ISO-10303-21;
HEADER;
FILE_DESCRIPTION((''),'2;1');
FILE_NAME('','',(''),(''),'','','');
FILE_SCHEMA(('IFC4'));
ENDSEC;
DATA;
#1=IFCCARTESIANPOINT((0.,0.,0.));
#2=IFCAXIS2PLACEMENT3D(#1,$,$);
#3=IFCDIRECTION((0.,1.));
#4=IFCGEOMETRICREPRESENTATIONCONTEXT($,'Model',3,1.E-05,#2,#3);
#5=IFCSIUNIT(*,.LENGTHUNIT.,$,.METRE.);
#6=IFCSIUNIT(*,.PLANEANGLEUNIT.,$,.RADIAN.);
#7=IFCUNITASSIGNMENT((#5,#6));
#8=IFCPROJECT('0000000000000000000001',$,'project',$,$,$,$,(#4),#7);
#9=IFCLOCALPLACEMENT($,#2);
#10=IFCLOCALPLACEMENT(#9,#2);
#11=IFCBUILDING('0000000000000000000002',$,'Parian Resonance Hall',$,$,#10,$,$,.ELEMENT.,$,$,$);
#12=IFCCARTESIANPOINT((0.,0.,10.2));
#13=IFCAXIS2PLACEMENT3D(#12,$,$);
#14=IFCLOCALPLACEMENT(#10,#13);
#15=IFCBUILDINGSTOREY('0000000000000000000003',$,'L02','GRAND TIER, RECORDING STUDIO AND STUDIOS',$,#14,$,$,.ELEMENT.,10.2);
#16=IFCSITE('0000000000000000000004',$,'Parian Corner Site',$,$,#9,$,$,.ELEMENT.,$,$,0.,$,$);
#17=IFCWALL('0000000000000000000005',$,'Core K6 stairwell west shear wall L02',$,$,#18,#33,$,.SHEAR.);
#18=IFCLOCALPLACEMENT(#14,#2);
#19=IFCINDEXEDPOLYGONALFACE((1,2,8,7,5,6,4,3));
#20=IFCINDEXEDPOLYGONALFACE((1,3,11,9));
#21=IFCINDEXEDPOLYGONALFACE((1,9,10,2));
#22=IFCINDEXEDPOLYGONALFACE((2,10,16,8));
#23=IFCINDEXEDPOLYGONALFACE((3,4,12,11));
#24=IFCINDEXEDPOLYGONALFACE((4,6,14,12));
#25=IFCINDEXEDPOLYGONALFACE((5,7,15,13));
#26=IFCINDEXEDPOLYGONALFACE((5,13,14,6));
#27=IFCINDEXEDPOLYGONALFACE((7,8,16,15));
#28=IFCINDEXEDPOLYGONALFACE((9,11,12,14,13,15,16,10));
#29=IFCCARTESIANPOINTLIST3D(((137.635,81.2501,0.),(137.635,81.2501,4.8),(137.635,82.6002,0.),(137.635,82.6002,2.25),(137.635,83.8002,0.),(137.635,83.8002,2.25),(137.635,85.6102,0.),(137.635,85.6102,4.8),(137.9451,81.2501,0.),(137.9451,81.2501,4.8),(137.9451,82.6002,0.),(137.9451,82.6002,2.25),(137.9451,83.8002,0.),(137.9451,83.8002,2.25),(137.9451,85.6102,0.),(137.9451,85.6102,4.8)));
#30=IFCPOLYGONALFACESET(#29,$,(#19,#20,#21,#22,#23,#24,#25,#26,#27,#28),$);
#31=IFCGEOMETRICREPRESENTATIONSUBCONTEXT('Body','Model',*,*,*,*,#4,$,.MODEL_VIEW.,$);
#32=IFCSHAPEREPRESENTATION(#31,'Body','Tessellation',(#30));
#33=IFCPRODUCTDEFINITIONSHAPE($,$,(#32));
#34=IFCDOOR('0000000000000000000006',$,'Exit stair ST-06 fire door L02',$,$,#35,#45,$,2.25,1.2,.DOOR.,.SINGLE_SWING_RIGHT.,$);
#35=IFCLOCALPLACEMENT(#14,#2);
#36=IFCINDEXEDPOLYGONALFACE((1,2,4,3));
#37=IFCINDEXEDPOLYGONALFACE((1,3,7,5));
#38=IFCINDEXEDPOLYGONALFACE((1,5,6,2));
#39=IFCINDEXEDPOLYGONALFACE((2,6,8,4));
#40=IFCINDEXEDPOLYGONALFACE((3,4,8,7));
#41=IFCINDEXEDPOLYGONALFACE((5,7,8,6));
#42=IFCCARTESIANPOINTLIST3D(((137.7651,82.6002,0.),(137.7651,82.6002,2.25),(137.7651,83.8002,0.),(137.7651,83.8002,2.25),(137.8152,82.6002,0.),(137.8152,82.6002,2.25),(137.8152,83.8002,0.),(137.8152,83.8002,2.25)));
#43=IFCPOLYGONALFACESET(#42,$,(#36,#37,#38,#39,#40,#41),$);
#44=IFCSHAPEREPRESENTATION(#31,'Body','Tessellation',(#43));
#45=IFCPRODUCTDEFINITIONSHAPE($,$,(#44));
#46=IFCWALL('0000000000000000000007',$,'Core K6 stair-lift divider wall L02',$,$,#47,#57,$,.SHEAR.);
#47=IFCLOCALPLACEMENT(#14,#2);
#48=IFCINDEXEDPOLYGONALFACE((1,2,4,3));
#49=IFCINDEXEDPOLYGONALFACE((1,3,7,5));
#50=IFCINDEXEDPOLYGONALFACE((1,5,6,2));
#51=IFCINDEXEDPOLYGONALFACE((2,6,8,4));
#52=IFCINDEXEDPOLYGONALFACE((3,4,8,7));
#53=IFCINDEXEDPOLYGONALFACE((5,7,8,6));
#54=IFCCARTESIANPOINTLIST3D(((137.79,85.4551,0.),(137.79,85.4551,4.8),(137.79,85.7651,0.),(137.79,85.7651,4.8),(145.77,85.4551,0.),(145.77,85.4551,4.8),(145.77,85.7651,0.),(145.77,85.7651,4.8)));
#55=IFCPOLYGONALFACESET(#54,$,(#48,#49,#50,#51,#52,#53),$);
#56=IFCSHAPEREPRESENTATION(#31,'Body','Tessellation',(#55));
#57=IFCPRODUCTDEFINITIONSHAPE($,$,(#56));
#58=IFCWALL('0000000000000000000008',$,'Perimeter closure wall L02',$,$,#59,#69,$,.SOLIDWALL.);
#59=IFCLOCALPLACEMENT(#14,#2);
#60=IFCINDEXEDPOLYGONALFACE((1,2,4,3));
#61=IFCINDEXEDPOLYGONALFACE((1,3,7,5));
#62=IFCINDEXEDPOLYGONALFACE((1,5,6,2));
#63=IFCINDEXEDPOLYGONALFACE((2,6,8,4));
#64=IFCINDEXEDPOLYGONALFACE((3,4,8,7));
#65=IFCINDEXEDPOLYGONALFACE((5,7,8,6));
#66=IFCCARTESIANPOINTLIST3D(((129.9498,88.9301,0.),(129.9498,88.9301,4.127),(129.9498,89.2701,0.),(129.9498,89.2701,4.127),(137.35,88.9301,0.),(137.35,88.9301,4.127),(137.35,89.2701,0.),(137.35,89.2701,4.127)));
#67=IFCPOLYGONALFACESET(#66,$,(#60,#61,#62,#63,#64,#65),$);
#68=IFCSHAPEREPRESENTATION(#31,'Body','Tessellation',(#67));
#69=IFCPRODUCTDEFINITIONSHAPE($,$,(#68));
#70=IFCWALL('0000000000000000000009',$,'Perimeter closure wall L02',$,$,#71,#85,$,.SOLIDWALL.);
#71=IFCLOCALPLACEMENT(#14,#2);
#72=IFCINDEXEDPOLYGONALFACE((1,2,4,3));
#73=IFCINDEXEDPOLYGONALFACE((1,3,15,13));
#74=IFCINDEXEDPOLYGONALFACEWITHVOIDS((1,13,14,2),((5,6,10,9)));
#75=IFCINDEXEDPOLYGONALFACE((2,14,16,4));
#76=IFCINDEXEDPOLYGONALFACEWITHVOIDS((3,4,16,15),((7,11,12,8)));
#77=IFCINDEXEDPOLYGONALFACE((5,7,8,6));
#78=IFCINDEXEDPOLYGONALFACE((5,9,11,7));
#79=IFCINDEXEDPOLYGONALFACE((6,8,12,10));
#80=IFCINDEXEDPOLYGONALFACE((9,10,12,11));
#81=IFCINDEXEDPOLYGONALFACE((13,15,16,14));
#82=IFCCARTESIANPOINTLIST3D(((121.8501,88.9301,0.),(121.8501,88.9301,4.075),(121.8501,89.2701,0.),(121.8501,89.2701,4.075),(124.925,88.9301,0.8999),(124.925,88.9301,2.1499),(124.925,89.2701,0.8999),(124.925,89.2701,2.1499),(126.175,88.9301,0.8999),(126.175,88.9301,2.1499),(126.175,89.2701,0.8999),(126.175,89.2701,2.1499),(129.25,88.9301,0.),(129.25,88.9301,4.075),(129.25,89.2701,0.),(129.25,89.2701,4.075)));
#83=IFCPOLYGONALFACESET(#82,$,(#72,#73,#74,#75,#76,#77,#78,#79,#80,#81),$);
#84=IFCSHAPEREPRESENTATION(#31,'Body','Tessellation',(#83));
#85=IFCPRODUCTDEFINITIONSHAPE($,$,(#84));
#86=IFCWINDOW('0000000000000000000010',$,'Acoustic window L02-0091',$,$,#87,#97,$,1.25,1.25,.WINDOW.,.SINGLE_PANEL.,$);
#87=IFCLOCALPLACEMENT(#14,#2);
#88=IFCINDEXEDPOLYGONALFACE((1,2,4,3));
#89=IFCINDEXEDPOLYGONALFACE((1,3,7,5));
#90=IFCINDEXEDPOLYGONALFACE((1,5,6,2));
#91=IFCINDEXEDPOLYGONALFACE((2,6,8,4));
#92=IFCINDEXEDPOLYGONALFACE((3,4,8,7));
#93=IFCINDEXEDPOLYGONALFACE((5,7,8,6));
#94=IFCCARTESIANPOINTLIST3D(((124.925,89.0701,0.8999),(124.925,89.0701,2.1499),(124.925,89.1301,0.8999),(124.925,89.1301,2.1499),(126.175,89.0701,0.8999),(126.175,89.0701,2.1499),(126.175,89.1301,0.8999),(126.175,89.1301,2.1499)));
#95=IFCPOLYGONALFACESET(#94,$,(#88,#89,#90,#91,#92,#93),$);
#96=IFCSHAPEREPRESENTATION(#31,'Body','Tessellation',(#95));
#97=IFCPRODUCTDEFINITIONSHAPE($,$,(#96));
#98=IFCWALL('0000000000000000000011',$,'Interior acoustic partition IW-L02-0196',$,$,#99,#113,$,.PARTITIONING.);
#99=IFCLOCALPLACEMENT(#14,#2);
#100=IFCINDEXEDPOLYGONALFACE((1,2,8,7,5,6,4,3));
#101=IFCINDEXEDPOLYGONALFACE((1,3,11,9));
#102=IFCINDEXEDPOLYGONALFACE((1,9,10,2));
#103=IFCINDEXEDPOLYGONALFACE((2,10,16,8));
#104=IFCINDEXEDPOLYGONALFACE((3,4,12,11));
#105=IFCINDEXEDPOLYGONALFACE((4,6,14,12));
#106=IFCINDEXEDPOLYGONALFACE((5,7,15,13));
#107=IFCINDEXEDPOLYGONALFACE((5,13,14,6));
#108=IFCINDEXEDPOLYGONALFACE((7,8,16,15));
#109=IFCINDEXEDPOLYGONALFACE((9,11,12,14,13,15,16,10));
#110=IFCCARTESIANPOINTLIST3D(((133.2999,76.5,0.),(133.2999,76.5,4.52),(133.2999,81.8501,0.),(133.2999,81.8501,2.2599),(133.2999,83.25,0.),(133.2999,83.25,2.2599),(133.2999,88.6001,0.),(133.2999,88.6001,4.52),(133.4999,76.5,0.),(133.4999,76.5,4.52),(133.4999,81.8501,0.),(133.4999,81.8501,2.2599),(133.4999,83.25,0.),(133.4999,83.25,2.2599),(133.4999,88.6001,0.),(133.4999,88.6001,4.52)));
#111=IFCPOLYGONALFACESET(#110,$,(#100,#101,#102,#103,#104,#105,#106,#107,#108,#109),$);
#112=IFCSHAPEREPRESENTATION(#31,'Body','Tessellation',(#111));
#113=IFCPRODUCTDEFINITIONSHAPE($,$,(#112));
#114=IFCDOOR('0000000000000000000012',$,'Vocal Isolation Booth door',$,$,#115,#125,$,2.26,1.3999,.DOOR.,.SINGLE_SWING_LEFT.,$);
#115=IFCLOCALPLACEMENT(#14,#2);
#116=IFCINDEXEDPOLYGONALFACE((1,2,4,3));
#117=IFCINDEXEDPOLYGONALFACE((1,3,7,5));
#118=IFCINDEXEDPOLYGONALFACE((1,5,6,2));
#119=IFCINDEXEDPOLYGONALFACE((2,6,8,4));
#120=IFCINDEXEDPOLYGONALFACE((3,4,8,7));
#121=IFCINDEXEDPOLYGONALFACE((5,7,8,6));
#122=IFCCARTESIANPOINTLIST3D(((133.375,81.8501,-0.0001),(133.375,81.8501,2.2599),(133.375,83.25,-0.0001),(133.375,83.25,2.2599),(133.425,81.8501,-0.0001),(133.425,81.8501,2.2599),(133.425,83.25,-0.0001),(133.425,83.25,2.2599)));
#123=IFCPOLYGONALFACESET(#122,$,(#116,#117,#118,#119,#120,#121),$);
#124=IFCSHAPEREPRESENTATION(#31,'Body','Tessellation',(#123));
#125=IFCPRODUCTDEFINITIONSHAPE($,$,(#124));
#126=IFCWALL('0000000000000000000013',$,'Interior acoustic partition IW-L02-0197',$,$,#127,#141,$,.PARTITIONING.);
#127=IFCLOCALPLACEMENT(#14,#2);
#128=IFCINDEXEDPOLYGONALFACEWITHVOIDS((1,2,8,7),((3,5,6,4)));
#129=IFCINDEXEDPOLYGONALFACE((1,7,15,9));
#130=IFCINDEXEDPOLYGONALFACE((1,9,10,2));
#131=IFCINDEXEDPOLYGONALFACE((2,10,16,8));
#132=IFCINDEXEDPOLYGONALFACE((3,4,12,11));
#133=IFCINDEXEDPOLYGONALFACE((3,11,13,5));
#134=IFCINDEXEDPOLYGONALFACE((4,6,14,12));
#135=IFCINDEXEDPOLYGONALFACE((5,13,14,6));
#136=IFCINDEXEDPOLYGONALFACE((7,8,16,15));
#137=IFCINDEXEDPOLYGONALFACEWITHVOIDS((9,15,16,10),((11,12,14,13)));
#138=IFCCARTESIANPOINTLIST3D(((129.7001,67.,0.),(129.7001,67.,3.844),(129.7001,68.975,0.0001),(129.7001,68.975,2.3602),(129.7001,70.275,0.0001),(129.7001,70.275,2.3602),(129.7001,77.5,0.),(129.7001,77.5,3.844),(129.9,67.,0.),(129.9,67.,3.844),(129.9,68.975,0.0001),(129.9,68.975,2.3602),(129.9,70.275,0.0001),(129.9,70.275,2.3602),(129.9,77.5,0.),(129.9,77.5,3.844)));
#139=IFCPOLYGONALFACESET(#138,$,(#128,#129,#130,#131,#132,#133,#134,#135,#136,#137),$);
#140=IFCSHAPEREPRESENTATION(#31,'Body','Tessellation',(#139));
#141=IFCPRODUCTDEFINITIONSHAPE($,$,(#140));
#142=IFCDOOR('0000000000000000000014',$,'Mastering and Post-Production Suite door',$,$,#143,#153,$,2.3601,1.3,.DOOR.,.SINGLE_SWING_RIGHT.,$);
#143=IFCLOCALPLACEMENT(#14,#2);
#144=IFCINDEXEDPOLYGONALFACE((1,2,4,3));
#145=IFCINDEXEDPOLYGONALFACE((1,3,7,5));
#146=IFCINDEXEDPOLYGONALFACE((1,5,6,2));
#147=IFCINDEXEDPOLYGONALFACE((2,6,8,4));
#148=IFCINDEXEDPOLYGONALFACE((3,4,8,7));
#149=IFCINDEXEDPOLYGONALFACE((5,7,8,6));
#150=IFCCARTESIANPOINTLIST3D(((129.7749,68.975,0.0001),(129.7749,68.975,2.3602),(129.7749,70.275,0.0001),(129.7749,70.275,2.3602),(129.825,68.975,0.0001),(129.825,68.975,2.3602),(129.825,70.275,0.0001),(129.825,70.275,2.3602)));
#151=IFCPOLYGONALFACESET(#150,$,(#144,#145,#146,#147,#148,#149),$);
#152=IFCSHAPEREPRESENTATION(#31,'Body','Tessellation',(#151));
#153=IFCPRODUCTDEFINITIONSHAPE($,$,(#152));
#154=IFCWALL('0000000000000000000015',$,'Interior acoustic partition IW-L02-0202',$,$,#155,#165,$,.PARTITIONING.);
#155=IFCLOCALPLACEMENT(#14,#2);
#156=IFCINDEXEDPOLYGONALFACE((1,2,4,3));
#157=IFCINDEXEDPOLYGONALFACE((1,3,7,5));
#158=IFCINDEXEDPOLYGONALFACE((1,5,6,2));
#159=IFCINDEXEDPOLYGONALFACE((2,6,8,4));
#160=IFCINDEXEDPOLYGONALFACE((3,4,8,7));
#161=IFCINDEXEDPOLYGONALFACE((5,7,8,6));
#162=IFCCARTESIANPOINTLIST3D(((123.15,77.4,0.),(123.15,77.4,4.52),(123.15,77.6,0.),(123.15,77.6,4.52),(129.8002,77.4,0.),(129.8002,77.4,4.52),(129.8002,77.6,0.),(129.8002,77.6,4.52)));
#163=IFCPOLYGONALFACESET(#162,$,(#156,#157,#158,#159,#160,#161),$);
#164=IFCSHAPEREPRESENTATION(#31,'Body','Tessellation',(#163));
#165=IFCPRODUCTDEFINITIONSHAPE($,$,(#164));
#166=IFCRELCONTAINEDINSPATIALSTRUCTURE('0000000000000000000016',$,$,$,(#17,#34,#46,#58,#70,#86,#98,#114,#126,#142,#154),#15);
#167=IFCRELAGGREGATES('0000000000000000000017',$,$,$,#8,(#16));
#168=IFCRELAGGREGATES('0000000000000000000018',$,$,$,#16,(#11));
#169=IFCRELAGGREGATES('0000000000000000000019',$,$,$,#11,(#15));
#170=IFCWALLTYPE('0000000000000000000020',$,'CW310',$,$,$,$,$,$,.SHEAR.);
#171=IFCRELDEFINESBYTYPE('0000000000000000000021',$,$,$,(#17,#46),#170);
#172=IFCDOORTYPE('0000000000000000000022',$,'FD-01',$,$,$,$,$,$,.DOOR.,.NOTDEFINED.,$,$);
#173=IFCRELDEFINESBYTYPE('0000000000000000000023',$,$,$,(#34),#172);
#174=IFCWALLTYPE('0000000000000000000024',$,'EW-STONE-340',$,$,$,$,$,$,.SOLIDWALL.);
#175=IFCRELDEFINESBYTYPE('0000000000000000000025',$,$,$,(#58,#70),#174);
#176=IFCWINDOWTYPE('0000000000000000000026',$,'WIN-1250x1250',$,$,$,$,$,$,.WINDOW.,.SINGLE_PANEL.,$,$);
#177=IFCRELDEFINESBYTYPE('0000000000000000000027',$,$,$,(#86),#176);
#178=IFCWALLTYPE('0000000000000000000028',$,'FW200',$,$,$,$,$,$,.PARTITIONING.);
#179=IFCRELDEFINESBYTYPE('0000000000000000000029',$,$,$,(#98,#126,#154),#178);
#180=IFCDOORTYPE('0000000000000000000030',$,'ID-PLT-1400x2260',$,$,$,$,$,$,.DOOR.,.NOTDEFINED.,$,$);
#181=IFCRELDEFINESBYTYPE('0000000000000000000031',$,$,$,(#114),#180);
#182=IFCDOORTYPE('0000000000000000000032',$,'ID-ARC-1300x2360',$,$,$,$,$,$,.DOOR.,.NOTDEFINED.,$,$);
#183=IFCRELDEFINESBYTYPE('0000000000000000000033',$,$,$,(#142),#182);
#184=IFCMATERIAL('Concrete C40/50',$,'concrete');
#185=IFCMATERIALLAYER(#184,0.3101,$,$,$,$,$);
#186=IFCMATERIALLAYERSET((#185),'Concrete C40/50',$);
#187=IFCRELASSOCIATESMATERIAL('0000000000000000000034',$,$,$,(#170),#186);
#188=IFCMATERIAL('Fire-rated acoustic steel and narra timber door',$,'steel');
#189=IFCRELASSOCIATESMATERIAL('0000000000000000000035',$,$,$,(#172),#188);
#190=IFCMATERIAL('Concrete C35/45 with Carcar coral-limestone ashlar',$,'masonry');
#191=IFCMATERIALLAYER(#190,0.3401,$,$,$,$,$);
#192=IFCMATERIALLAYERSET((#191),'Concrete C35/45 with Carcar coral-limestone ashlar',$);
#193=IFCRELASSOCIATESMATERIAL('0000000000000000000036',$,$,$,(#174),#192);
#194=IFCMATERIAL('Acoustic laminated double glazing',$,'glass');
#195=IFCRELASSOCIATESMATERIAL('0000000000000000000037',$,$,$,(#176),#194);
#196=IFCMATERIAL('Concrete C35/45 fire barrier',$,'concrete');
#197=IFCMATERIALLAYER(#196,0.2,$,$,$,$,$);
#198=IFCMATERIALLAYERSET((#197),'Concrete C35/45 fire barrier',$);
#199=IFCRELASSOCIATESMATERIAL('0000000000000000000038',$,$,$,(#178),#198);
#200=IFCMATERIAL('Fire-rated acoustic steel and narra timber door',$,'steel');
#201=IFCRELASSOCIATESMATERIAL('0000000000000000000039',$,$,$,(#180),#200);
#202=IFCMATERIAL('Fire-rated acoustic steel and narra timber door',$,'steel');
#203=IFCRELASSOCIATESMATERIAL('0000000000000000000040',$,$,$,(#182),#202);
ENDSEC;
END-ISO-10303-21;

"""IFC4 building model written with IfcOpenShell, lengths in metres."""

from ifc_helpers import new_model, si_unit, direction, frame, frame_2d, origin, place, context, subcontext, project, spatial, rectangle, extrude, material, layer, layer_set, type_object, element, fill, save


model = new_model("IFC4")

# Units and contexts
model_context = context("Model", 3, precision=1e-05, world=origin(), true_north=direction((0.0, 1.0)))
body_context = subcontext(model_context, "Body", "Model", "MODEL_VIEW")
ifc_project = project(units=[si_unit("LENGTHUNIT", "METRE"), si_unit("PLANEANGLEUNIT", "RADIAN")], contexts=[model_context])

# Site, building, storey
site_placement = place(None, origin())
site = spatial("IfcSite", under=ifc_project, at=site_placement, Name="Parian Corner Site", CompositionType="ELEMENT", RefElevation=0.0)
building_placement = place(site_placement, origin())
building = spatial("IfcBuilding", under=site, at=building_placement, Name="Parian Resonance Hall", CompositionType="ELEMENT")
storey_placement = place(building_placement, frame((0.0, 0.0, 10.2)))
storey = spatial("IfcBuildingStorey", under=building, at=storey_placement, Name="L02", Description="GRAND TIER, RECORDING STUDIO AND STUDIOS", CompositionType="ELEMENT", Elevation=10.2)

# Wall, opening, door
ifc_material_1 = material(Name="Concrete C40/50", Category="concrete")
ifc_layer_1 = layer(ifc_material_1, 0.3101)
ifc_layer_set_1 = layer_set([ifc_layer_1], Name="Concrete C40/50")
wall_type_1 = type_object("IfcWallType", Name="CW310", PredefinedType="SHEAR", material=ifc_layer_set_1)
wall_1_placement = place(storey_placement, frame((137.79, 81.25, 0.0), z_axis=(0.0, 0.0, 1.0), x_axis=(0.0, 1.0, 0.0)))
wall_1 = element("IfcWall", 1, at=wall_1_placement, inside=storey, type_object=wall_type_1, Name="Core K6 stairwell west shear wall L02", PredefinedType="SHEAR", context=body_context, shape_type="SweptSolid", body=[
    extrude(rectangle(XDim=4.3601, YDim=0.3101, at=frame_2d((2.1802, 0.0))), origin(), (0.0, 0.0, 1.0), 4.8),
])
opening_1_placement = place(wall_1_placement, frame((1.3501, 0.0, 0.0)))
opening_1 = element("IfcOpeningElement", 2, at=opening_1_placement, cuts=wall_1, PredefinedType="OPENING", context=body_context, shape_type="SweptSolid", body=[
    extrude(rectangle(XDim=1.2, YDim=2.25, at=frame_2d((0.6001, 1.125))), frame((0.0, 0.165, 0.0), z_axis=(0.0, -1.0, 0.0), x_axis=(1.0, 0.0, 0.0)), (0.0, 0.0, 1.0), 0.3301),
])
ifc_material_2 = material(Name="Fire-rated acoustic steel and narra timber door", Category="steel")
door_type_1 = type_object("IfcDoorType", Name="FD-01", OperationType="NOTDEFINED", PredefinedType="DOOR", material=ifc_material_2)
door_1_placement = place(opening_1_placement, origin())
door_1 = element("IfcDoor", 3, at=door_1_placement, inside=storey, type_object=door_type_1, Name="Exit stair ST-06 fire door L02", OperationType="SINGLE_SWING_RIGHT", OverallHeight=2.25, OverallWidth=1.2, PredefinedType="DOOR", context=body_context, shape_type="SweptSolid", body=[
    extrude(rectangle(XDim=1.2, YDim=2.25, at=frame_2d((0.6001, 1.125))), frame((0.0, 0.0249, 0.0), z_axis=(0.0, -1.0, 0.0), x_axis=(1.0, 0.0, 0.0)), (0.0, 0.0, 1.0), 0.05),
])
fill(opening_1, door_1)

# Walls
wall_2_placement = place(storey_placement, frame((137.79, 85.6101, 0.0), z_axis=(0.0, 0.0, 1.0), x_axis=(1.0, 0.0, 0.0)))
element("IfcWall", 4, at=wall_2_placement, inside=storey, type_object=wall_type_1, Name="Core K6 stair-lift divider wall L02", PredefinedType="SHEAR", context=body_context, shape_type="SweptSolid", body=[
    extrude(rectangle(XDim=7.98, YDim=0.3101, at=frame_2d((3.99, 0.0))), origin(), (0.0, 0.0, 1.0), 4.8),
])
ifc_material_3 = material(Name="Concrete C35/45 with Carcar coral-limestone ashlar", Category="masonry")
ifc_layer_2 = layer(ifc_material_3, 0.3401)
ifc_layer_set_2 = layer_set([ifc_layer_2], Name="Concrete C35/45 with Carcar coral-limestone ashlar")
wall_type_2 = type_object("IfcWallType", Name="EW-STONE-340", PredefinedType="SOLIDWALL", material=ifc_layer_set_2)
wall_3_placement = place(storey_placement, frame((137.3501, 89.1001, 0.0), z_axis=(0.0, 0.0, 1.0), x_axis=(-1.0, 0.0, 0.0)))
element("IfcWall", 5, at=wall_3_placement, inside=storey, type_object=wall_type_2, Name="Perimeter closure wall L02", PredefinedType="SOLIDWALL", context=body_context, shape_type="SweptSolid", body=[
    extrude(rectangle(XDim=7.4001, YDim=0.3401, at=frame_2d((3.7002, 0.0))), origin(), (0.0, 0.0, 1.0), 4.127),
])

# Wall, opening, window
wall_4_placement = place(storey_placement, frame((129.25, 89.1001, 0.0), z_axis=(0.0, 0.0, 1.0), x_axis=(-1.0, 0.0, 0.0)))
wall_4 = element("IfcWall", 6, at=wall_4_placement, inside=storey, type_object=wall_type_2, Name="Perimeter closure wall L02", PredefinedType="SOLIDWALL", context=body_context, shape_type="SweptSolid", body=[
    extrude(rectangle(XDim=7.3999, YDim=0.3401, at=frame_2d((3.7, 0.0))), origin(), (0.0, 0.0, 1.0), 4.075),
])
opening_2_placement = place(wall_4_placement, frame((3.075, 0.0, 0.8999)))
opening_2 = element("IfcOpeningElement", 7, at=opening_2_placement, cuts=wall_4, PredefinedType="OPENING", context=body_context, shape_type="SweptSolid", body=[
    extrude(rectangle(XDim=1.25, YDim=1.25, at=frame_2d((0.625, 0.625))), frame((0.0, 0.1799, 0.0), z_axis=(0.0, -1.0, 0.0), x_axis=(1.0, 0.0, 0.0)), (0.0, 0.0, 1.0), 0.3601),
])
ifc_material_4 = material(Name="Acoustic laminated double glazing", Category="glass")
window_type = type_object("IfcWindowType", Name="WIN-1250x1250", PartitioningType="SINGLE_PANEL", PredefinedType="WINDOW", material=ifc_material_4)
window_placement = place(opening_2_placement, origin())
window = element("IfcWindow", 8, at=window_placement, inside=storey, type_object=window_type, Name="Acoustic window L02-0091", OverallHeight=1.25, OverallWidth=1.25, PartitioningType="SINGLE_PANEL", PredefinedType="WINDOW", context=body_context, shape_type="SweptSolid", body=[
    extrude(rectangle(XDim=1.25, YDim=1.25, at=frame_2d((0.625, 0.625))), frame((0.0, 0.03, 0.0), z_axis=(0.0, -1.0, 0.0), x_axis=(1.0, 0.0, 0.0)), (0.0, 0.0, 1.0), 0.0601),
])
fill(opening_2, window)

# Walls, openings, doors
ifc_material_5 = material(Name="Concrete C35/45 fire barrier", Category="concrete")
ifc_layer_3 = layer(ifc_material_5, 0.2)
ifc_layer_set_3 = layer_set([ifc_layer_3], Name="Concrete C35/45 fire barrier")
wall_type_3 = type_object("IfcWallType", Name="FW200", PredefinedType="PARTITIONING", material=ifc_layer_set_3)
wall_5_placement = place(storey_placement, frame((133.3999, 76.5, 0.0), z_axis=(0.0, 0.0, 1.0), x_axis=(0.0, 1.0, 0.0)))
wall_5 = element("IfcWall", 9, at=wall_5_placement, inside=storey, type_object=wall_type_3, Name="Interior acoustic partition IW-L02-0196", PredefinedType="PARTITIONING", context=body_context, shape_type="SweptSolid", body=[
    extrude(rectangle(XDim=12.1001, YDim=0.2, at=frame_2d((6.05, 0.0))), origin(), (0.0, 0.0, 1.0), 4.52),
])
opening_3_placement = place(wall_5_placement, frame((5.3501, 0.0, 0.0)))
opening_3 = element("IfcOpeningElement", 10, at=opening_3_placement, cuts=wall_5, PredefinedType="OPENING", context=body_context, shape_type="SweptSolid", body=[
    extrude(rectangle(XDim=1.3999, YDim=2.26, at=frame_2d((0.7, 1.1299))), frame((0.0, 0.1099, 0.0), z_axis=(0.0, -1.0, 0.0), x_axis=(1.0, 0.0, 0.0)), (0.0, 0.0, 1.0), 0.22),
])
ifc_material_6 = material(Name="Fire-rated acoustic steel and narra timber door", Category="steel")
door_type_2 = type_object("IfcDoorType", Name="ID-PLT-1400x2260", OperationType="NOTDEFINED", PredefinedType="DOOR", material=ifc_material_6)
door_2_placement = place(opening_3_placement, origin())
door_2 = element("IfcDoor", 11, at=door_2_placement, inside=storey, type_object=door_type_2, Name="Vocal Isolation Booth door", OperationType="SINGLE_SWING_LEFT", OverallHeight=2.26, OverallWidth=1.3999, PredefinedType="DOOR", context=body_context, shape_type="SweptSolid", body=[
    extrude(rectangle(XDim=1.3999, YDim=2.26, at=frame_2d((0.7, 1.1299))), frame((0.0, 0.0249, 0.0), z_axis=(0.0, -1.0, 0.0), x_axis=(1.0, 0.0, 0.0)), (0.0, 0.0, 1.0), 0.05),
])
fill(opening_3, door_2)
wall_6_placement = place(storey_placement, frame((129.8, 77.5, 0.0), z_axis=(0.0, 0.0, 1.0), x_axis=(0.0, -1.0, 0.0)))
wall_6 = element("IfcWall", 12, at=wall_6_placement, inside=storey, type_object=wall_type_3, Name="Interior acoustic partition IW-L02-0197", PredefinedType="PARTITIONING", context=body_context, shape_type="SweptSolid", body=[
    extrude(rectangle(XDim=10.5, YDim=0.2, at=frame_2d((5.25, 0.0))), origin(), (0.0, 0.0, 1.0), 3.844),
])
opening_4_placement = place(wall_6_placement, frame((7.2251, 0.0, 0.0)))
opening_4 = element("IfcOpeningElement", 13, at=opening_4_placement, cuts=wall_6, PredefinedType="OPENING", context=body_context, shape_type="SweptSolid", body=[
    extrude(rectangle(XDim=1.3, YDim=2.3601, at=frame_2d((0.6499, 1.1802))), frame((0.0, 0.1099, 0.0), z_axis=(0.0, -1.0, 0.0), x_axis=(1.0, 0.0, 0.0)), (0.0, 0.0, 1.0), 0.22),
])
ifc_material_7 = material(Name="Fire-rated acoustic steel and narra timber door", Category="steel")
door_type_3 = type_object("IfcDoorType", Name="ID-ARC-1300x2360", OperationType="NOTDEFINED", PredefinedType="DOOR", material=ifc_material_7)
door_3_placement = place(opening_4_placement, origin())
door_3 = element("IfcDoor", 14, at=door_3_placement, inside=storey, type_object=door_type_3, Name="Mastering and Post-Production Suite door", OperationType="SINGLE_SWING_RIGHT", OverallHeight=2.3601, OverallWidth=1.3, PredefinedType="DOOR", context=body_context, shape_type="SweptSolid", body=[
    extrude(rectangle(XDim=1.3, YDim=2.3601, at=frame_2d((0.6499, 1.1802))), frame((0.0, 0.0249, 0.0), z_axis=(0.0, -1.0, 0.0), x_axis=(1.0, 0.0, 0.0)), (0.0, 0.0, 1.0), 0.05),
])
fill(opening_4, door_3)

# Wall
wall_7_placement = place(storey_placement, frame((123.1499, 77.5, 0.0), z_axis=(0.0, 0.0, 1.0), x_axis=(1.0, 0.0, 0.0)))
element("IfcWall", 15, at=wall_7_placement, inside=storey, type_object=wall_type_3, Name="Interior acoustic partition IW-L02-0202", PredefinedType="PARTITIONING", context=body_context, shape_type="SweptSolid", body=[
    extrude(rectangle(XDim=6.6501, YDim=0.2, at=frame_2d((3.3252, 0.0))), origin(), (0.0, 0.0, 1.0), 4.52),
])

save(model, "model.ifc")
